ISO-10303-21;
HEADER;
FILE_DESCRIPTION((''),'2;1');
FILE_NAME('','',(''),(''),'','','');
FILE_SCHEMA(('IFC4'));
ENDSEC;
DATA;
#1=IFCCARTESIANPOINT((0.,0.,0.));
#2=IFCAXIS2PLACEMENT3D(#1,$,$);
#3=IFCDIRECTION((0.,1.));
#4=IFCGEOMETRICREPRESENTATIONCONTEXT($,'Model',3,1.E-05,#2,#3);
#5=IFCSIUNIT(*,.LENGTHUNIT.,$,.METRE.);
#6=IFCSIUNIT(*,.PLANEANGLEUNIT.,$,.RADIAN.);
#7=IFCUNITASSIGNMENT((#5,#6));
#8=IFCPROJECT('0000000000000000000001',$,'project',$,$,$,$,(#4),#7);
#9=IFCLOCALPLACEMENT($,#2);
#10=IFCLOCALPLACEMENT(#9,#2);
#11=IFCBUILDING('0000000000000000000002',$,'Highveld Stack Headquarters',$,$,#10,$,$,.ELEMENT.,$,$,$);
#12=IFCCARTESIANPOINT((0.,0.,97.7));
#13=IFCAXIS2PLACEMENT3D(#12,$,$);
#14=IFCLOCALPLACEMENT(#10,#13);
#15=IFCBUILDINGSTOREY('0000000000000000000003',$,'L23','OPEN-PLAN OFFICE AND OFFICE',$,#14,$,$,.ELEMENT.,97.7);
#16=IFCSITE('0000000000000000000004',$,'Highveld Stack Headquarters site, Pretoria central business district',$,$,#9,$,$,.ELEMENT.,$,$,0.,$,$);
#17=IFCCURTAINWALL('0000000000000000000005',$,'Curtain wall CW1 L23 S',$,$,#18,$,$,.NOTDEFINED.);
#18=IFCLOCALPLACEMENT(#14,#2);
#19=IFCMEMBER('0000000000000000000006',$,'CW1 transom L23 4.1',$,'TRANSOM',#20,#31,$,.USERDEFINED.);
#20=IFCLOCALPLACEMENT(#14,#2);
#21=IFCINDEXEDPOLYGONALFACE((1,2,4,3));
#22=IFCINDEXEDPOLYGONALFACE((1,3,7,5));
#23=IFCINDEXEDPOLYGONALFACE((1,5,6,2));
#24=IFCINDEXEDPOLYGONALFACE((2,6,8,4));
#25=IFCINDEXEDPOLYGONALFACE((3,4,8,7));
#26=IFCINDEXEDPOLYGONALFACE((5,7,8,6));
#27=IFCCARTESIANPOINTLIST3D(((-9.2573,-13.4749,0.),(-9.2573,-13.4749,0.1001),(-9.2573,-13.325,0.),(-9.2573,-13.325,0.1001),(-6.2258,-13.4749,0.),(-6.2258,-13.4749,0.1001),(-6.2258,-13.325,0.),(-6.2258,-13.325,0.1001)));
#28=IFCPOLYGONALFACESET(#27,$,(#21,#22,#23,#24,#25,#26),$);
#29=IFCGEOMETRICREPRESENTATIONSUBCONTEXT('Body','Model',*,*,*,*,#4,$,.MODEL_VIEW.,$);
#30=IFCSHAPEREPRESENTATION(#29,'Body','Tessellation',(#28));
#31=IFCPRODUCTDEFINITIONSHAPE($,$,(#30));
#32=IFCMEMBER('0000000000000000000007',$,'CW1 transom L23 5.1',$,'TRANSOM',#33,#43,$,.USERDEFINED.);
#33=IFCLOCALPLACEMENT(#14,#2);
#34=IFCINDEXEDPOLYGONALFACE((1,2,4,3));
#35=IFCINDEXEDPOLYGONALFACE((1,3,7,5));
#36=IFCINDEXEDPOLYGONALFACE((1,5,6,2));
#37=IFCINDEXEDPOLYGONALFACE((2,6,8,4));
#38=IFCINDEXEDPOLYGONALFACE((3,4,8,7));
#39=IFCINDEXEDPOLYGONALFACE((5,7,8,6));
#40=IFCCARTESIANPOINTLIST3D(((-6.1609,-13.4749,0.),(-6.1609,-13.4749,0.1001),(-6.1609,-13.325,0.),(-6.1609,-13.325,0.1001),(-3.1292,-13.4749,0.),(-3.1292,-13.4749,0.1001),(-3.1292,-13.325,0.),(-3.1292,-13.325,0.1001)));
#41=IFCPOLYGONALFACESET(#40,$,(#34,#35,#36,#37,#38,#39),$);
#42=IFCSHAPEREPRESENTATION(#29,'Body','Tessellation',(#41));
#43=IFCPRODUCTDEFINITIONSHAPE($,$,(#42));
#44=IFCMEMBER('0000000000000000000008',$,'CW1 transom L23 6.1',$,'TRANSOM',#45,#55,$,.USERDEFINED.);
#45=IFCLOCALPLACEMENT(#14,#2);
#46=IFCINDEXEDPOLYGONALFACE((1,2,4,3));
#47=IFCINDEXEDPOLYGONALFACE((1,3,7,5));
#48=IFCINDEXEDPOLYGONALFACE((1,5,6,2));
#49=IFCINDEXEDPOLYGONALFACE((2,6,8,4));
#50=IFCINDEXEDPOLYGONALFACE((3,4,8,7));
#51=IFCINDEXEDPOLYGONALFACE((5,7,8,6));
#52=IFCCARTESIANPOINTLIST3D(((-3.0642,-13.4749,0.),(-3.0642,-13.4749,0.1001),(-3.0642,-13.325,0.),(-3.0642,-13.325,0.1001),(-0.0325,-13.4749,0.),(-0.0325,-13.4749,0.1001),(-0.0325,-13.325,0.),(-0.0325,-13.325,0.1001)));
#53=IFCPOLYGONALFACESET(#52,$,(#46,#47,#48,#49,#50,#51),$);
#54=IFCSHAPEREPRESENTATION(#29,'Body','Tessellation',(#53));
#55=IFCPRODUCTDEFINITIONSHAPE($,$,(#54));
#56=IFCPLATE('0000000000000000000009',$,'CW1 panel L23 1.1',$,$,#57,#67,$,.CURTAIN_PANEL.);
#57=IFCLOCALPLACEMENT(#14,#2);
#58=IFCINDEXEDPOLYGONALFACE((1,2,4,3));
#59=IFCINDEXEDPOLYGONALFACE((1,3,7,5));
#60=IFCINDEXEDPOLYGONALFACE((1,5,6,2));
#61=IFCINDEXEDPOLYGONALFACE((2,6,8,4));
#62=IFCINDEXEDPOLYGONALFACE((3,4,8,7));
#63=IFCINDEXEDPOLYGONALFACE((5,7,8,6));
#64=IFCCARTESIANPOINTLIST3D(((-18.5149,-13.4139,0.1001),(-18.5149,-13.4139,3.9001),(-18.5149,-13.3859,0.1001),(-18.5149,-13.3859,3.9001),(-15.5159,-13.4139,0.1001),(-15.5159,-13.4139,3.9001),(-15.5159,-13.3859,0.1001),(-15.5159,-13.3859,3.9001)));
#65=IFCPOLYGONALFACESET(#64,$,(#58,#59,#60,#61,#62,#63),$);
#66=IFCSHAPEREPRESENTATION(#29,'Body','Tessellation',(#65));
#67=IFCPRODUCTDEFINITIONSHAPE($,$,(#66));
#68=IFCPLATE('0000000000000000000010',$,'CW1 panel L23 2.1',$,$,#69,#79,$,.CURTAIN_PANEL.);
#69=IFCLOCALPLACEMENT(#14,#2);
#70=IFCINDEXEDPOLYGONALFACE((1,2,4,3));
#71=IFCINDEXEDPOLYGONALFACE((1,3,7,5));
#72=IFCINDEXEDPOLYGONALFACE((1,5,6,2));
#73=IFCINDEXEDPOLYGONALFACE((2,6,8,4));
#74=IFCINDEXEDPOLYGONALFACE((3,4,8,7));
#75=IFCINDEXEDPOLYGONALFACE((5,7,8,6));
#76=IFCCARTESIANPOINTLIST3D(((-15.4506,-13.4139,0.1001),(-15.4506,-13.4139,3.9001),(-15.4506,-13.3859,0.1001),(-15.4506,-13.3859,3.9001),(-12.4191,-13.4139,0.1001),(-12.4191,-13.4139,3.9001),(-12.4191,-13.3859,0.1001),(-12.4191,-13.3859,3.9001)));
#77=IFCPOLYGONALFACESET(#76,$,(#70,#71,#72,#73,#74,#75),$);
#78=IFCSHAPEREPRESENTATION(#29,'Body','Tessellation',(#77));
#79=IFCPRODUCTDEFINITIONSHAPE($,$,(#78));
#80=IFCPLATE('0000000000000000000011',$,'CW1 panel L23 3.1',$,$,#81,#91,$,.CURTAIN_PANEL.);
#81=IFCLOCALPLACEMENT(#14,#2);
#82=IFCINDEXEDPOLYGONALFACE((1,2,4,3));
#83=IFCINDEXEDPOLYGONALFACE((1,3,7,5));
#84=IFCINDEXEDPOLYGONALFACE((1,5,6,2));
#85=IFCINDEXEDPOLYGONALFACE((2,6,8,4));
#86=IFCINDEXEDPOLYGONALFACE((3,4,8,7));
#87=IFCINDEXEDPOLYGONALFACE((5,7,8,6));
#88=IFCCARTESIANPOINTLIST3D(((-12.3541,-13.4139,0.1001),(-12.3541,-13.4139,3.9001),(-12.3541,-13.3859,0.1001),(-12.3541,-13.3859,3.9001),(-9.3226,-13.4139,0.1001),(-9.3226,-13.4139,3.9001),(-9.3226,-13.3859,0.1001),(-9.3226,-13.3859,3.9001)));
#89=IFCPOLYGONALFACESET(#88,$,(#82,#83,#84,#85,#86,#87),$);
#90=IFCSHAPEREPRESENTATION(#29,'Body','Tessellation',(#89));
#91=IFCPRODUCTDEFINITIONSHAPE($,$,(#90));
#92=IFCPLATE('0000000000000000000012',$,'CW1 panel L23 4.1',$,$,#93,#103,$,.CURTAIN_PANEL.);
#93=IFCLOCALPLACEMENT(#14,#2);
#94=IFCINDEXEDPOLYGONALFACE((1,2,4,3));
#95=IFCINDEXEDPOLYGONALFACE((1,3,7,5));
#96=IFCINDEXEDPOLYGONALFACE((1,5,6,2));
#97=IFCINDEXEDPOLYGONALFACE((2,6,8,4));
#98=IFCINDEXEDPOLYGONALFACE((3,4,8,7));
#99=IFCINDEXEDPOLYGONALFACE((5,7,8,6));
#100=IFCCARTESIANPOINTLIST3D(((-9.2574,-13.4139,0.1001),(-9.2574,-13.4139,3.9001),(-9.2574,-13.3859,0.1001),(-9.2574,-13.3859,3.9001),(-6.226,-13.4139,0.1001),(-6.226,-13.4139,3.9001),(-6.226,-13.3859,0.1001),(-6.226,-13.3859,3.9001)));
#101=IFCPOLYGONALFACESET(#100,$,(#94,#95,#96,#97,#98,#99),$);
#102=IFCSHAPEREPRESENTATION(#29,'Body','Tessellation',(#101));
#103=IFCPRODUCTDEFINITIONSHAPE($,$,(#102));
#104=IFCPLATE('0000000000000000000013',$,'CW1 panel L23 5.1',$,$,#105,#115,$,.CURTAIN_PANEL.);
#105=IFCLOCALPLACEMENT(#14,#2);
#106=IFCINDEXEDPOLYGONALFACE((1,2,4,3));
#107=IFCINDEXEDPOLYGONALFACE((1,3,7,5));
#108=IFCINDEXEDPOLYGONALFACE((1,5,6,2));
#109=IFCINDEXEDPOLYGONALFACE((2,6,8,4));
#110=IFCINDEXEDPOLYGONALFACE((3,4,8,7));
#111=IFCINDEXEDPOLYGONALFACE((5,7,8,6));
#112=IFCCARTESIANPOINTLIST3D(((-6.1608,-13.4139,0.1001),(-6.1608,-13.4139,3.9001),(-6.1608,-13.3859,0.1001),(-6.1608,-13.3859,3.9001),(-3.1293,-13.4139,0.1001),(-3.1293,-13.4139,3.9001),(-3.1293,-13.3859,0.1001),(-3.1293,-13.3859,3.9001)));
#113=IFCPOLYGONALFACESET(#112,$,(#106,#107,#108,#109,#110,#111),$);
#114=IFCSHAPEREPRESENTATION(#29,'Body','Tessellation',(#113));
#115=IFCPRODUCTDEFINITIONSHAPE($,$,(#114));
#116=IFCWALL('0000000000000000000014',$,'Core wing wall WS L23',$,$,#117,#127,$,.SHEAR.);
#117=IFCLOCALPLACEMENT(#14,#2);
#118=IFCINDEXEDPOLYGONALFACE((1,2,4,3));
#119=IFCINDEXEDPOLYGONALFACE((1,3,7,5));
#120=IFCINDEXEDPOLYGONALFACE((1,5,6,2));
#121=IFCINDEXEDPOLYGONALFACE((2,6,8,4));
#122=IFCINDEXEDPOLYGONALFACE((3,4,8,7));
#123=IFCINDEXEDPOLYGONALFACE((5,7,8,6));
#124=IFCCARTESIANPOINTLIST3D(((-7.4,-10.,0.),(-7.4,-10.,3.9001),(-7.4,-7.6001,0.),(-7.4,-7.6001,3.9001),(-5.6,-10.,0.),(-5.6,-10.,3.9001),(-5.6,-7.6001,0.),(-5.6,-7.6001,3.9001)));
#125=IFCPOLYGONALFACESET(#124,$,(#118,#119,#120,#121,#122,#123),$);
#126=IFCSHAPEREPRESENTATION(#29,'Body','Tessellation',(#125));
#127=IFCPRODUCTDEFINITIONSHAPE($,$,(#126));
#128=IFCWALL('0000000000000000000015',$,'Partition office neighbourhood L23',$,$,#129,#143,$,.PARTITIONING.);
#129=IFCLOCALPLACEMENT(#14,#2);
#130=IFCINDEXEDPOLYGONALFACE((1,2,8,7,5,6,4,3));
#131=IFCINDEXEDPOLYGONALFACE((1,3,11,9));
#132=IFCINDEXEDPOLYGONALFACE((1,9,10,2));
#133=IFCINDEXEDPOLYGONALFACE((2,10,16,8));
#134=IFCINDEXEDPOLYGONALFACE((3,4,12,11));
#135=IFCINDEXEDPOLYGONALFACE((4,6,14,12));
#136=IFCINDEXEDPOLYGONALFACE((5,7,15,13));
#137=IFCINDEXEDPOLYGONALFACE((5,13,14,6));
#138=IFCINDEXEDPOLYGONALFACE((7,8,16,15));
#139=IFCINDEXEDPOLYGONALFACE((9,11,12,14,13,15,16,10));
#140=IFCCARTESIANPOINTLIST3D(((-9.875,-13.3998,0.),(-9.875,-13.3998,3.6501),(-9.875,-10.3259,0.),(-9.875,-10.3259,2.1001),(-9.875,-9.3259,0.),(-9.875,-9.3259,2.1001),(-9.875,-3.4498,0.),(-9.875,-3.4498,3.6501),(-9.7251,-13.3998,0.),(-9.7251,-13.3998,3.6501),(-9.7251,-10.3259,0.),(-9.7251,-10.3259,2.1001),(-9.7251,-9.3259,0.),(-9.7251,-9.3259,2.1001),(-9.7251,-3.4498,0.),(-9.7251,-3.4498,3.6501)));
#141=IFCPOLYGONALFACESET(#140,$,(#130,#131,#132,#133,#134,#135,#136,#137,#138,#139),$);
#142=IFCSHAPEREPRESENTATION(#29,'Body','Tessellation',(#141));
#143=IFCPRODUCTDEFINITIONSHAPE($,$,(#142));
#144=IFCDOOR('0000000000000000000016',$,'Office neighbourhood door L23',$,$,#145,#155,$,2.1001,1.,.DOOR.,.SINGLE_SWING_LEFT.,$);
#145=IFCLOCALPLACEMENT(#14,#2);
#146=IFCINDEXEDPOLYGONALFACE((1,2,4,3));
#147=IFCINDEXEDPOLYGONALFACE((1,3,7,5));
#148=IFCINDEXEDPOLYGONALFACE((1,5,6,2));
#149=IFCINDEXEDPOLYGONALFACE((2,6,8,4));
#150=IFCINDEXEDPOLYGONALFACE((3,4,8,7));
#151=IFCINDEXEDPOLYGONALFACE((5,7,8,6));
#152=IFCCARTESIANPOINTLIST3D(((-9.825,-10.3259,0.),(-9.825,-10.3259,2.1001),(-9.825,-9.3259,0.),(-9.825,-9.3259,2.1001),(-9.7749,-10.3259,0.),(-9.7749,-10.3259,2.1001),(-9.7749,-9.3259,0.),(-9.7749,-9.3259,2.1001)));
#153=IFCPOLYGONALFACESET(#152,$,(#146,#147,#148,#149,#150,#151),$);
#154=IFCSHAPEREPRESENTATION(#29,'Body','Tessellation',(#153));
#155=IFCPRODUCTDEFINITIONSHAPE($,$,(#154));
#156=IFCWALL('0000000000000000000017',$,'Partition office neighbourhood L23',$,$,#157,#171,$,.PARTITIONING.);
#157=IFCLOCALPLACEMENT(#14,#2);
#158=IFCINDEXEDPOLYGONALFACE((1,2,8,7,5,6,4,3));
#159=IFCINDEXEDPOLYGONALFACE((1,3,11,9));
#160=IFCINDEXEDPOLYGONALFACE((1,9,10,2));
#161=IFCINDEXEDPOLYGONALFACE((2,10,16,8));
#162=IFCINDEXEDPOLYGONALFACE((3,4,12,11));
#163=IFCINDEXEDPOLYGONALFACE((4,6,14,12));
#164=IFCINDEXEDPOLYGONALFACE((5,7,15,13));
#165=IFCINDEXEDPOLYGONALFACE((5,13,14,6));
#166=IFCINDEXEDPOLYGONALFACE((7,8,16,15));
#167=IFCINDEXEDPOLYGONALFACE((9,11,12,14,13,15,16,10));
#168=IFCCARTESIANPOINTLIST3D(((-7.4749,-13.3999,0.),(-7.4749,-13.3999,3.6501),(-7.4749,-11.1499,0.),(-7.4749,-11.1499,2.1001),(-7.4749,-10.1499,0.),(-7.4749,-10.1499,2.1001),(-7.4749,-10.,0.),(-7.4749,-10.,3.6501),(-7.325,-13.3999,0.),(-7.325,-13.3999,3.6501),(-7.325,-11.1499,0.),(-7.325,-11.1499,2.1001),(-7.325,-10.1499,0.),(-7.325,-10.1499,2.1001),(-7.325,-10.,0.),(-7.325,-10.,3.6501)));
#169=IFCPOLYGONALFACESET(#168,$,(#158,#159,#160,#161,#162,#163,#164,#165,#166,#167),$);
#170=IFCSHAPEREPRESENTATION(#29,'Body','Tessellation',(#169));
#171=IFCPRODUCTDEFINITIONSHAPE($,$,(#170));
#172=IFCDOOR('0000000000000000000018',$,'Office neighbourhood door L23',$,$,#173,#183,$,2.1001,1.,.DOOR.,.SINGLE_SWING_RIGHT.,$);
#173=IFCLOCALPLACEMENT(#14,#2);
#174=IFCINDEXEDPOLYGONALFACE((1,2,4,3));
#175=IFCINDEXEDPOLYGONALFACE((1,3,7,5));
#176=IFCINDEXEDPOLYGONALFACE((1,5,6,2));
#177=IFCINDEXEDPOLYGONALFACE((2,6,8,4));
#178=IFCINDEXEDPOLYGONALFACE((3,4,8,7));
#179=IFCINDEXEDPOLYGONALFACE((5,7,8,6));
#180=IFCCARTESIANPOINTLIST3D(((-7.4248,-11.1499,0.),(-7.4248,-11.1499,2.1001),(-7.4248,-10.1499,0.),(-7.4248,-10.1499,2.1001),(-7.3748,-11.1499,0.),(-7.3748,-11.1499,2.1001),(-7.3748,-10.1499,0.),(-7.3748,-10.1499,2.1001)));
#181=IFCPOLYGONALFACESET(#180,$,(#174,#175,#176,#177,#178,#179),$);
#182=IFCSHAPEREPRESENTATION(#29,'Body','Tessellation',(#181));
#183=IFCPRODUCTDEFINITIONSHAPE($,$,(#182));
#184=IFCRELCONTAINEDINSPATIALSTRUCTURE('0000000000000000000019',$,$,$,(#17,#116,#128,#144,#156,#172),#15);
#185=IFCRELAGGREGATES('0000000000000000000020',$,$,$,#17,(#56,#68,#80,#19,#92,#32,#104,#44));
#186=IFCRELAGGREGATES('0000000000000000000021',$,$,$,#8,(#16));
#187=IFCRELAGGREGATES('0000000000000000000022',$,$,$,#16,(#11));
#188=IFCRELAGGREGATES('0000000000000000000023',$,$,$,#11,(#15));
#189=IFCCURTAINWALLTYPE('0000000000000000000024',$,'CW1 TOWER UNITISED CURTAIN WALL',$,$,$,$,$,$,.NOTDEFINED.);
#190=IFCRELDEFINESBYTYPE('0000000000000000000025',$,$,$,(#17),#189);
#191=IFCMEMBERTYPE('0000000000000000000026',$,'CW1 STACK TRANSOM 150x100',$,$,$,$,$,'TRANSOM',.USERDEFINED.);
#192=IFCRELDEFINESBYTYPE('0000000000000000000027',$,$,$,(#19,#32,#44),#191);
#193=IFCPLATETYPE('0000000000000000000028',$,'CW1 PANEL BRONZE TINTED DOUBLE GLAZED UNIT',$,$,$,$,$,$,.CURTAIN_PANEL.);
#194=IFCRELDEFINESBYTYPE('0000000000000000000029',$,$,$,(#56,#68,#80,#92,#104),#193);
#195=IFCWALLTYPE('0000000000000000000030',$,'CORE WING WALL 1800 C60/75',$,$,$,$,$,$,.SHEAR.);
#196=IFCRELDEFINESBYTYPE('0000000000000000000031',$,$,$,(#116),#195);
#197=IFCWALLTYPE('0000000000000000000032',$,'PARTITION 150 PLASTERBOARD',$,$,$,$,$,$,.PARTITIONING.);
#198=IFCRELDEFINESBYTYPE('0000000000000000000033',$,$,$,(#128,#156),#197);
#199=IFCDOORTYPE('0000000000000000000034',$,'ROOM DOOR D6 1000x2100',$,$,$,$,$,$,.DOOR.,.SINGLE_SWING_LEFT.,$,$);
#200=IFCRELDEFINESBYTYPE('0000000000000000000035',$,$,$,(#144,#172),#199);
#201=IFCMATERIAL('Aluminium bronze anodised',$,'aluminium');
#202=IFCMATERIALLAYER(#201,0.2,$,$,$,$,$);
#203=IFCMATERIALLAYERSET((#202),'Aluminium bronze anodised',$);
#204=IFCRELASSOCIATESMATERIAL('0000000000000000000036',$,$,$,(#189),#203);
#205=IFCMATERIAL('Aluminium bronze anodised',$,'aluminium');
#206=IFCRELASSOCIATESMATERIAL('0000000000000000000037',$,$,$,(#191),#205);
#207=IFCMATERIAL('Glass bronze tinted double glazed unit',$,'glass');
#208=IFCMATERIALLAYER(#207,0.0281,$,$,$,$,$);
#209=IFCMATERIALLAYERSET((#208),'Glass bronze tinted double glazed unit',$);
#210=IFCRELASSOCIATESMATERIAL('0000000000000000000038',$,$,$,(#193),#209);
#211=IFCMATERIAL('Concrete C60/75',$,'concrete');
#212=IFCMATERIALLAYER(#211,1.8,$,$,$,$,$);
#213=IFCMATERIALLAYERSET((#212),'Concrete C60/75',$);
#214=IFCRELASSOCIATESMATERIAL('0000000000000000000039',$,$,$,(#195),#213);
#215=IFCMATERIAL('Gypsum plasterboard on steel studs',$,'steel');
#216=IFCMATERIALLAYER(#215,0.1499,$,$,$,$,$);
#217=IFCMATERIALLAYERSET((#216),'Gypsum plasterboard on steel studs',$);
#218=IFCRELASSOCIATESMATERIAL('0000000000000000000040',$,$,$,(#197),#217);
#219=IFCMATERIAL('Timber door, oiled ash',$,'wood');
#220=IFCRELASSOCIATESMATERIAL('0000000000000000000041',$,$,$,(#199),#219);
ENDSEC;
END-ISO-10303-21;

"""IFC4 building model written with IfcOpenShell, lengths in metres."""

from ifc_helpers import new_model, si_unit, direction, frame, frame_2d, origin, origin_2d, place, context, subcontext, project, spatial, rectangle, extrude, material, layer, layer_set, material_profile, profile_set, type_object, element, fill, aggregate, save


model = new_model("IFC4")

# Units and contexts
model_context = context("Model", 3, precision=1e-05, world=origin(), true_north=direction((0.0, 1.0)))
body_context = subcontext(model_context, "Body", "Model", "MODEL_VIEW")
ifc_project = project(units=[si_unit("LENGTHUNIT", "METRE"), si_unit("PLANEANGLEUNIT", "RADIAN")], contexts=[model_context])

# Site, building, storey
site_placement = place(None, origin())
site = spatial("IfcSite", under=ifc_project, at=site_placement, Name="Highveld Stack Headquarters site, Pretoria central business district", CompositionType="ELEMENT", RefElevation=0.0)
building_placement = place(site_placement, origin())
building = spatial("IfcBuilding", under=site, at=building_placement, Name="Highveld Stack Headquarters", CompositionType="ELEMENT")
storey_placement = place(building_placement, frame((0.0, 0.0, 97.7)))
storey = spatial("IfcBuildingStorey", under=building, at=storey_placement, Name="L23", Description="OPEN-PLAN OFFICE AND OFFICE", CompositionType="ELEMENT", Elevation=97.7)

# Curtain wall, members, plates
ifc_material_1 = material(Name="Aluminium bronze anodised", Category="aluminium")
ifc_layer_1 = layer(ifc_material_1, 0.2)
ifc_layer_set_1 = layer_set([ifc_layer_1], Name="Aluminium bronze anodised")
curtain_wall_type = type_object("IfcCurtainWallType", Name="CW1 TOWER UNITISED CURTAIN WALL", PredefinedType="NOTDEFINED", material=ifc_layer_set_1)
curtain_wall_placement = place(storey_placement, origin())
curtain_wall = element("IfcCurtainWall", 1, at=curtain_wall_placement, inside=storey, type_object=curtain_wall_type, Name="Curtain wall CW1 L23 S", PredefinedType="NOTDEFINED")
ifc_material_2 = material(Name="Aluminium bronze anodised", Category="aluminium")
ifc_material_profile_1 = material_profile(ifc_material_2, rectangle(XDim=0.1499, YDim=0.1001, at=origin_2d()), Name="CW1 TRANSOM 150x100")
ifc_profile_set_1 = profile_set([ifc_material_profile_1], Name="Aluminium bronze anodised")
member_type_1 = type_object("IfcMemberType", Name="CW1 STACK TRANSOM 150x100", ElementType="TRANSOM", PredefinedType="USERDEFINED", material=ifc_profile_set_1)
member_1_placement = place(storey_placement, frame((-9.2573, -13.3999, 0.05), z_axis=(1.0, 0.0, 0.0), x_axis=(0.0, 1.0, 0.0)))
member_1 = element("IfcMember", 2, at=member_1_placement, type_object=member_type_1, Name="CW1 transom L23 4.1", ObjectType="TRANSOM", PredefinedType="USERDEFINED", context=body_context, shape_type="SweptSolid", body=[
    extrude(rectangle(XDim=0.1499, YDim=0.1001, at=origin_2d()), origin(), (0.0, 0.0, 1.0), 3.0315),
])
member_2_placement = place(storey_placement, frame((-6.1609, -13.3999, 0.05), z_axis=(1.0, 0.0, 0.0), x_axis=(0.0, 1.0, 0.0)))
member_2 = element("IfcMember", 3, at=member_2_placement, type_object=member_type_1, Name="CW1 transom L23 5.1", ObjectType="TRANSOM", PredefinedType="USERDEFINED", context=body_context, shape_type="SweptSolid", body=[
    extrude(rectangle(XDim=0.1499, YDim=0.1001, at=origin_2d()), origin(), (0.0, 0.0, 1.0), 3.0317),
])
member_3_placement = place(storey_placement, frame((-3.0642, -13.3999, 0.05), z_axis=(1.0, 0.0, 0.0), x_axis=(0.0, 1.0, 0.0)))
member_3 = element("IfcMember", 4, at=member_3_placement, type_object=member_type_1, Name="CW1 transom L23 6.1", ObjectType="TRANSOM", PredefinedType="USERDEFINED", context=body_context, shape_type="SweptSolid", body=[
    extrude(rectangle(XDim=0.1499, YDim=0.1001, at=origin_2d()), origin(), (0.0, 0.0, 1.0), 3.0317),
])
ifc_material_3 = material(Name="Glass bronze tinted double glazed unit", Category="glass")
ifc_layer_2 = layer(ifc_material_3, 0.0281)
ifc_layer_set_2 = layer_set([ifc_layer_2], Name="Glass bronze tinted double glazed unit")
plate_type = type_object("IfcPlateType", Name="CW1 PANEL BRONZE TINTED DOUBLE GLAZED UNIT", PredefinedType="CURTAIN_PANEL", material=ifc_layer_set_2)
plate_1_placement = place(storey_placement, frame((-17.0154, -13.3999, 0.1001), z_axis=(0.0, 0.0, 1.0), x_axis=(1.0, 0.0, 0.0)))
plate_1 = element("IfcPlate", 5, at=plate_1_placement, type_object=plate_type, Name="CW1 panel L23 1.1", PredefinedType="CURTAIN_PANEL", context=body_context, shape_type="SweptSolid", body=[
    extrude(rectangle(XDim=2.999, YDim=0.0281, at=origin_2d()), origin(), (0.0, 0.0, 1.0), 3.8),
])
plate_2_placement = place(storey_placement, frame((-13.9348, -13.3999, 0.1001), z_axis=(0.0, 0.0, 1.0), x_axis=(1.0, 0.0, 0.0)))
plate_2 = element("IfcPlate", 6, at=plate_2_placement, type_object=plate_type, Name="CW1 panel L23 2.1", PredefinedType="CURTAIN_PANEL", context=body_context, shape_type="SweptSolid", body=[
    extrude(rectangle(XDim=3.0315, YDim=0.0281, at=origin_2d()), origin(), (0.0, 0.0, 1.0), 3.8),
])
plate_3_placement = place(storey_placement, frame((-10.8384, -13.3999, 0.1001), z_axis=(0.0, 0.0, 1.0), x_axis=(1.0, 0.0, 0.0)))
plate_3 = element("IfcPlate", 7, at=plate_3_placement, type_object=plate_type, Name="CW1 panel L23 3.1", PredefinedType="CURTAIN_PANEL", context=body_context, shape_type="SweptSolid", body=[
    extrude(rectangle(XDim=3.0315, YDim=0.0281, at=origin_2d()), origin(), (0.0, 0.0, 1.0), 3.8),
])
plate_4_placement = place(storey_placement, frame((-7.7417, -13.3999, 0.1001), z_axis=(0.0, 0.0, 1.0), x_axis=(1.0, 0.0, 0.0)))
plate_4 = element("IfcPlate", 8, at=plate_4_placement, type_object=plate_type, Name="CW1 panel L23 4.1", PredefinedType="CURTAIN_PANEL", context=body_context, shape_type="SweptSolid", body=[
    extrude(rectangle(XDim=3.0315, YDim=0.0281, at=origin_2d()), origin(), (0.0, 0.0, 1.0), 3.8),
])
plate_5_placement = place(storey_placement, frame((-4.645, -13.3999, 0.1001), z_axis=(0.0, 0.0, 1.0), x_axis=(1.0, 0.0, 0.0)))
plate_5 = element("IfcPlate", 9, at=plate_5_placement, type_object=plate_type, Name="CW1 panel L23 5.1", PredefinedType="CURTAIN_PANEL", context=body_context, shape_type="SweptSolid", body=[
    extrude(rectangle(XDim=3.0315, YDim=0.0281, at=origin_2d()), origin(), (0.0, 0.0, 1.0), 3.8),
])
aggregate(curtain_wall, [plate_1, plate_2, plate_3, member_1, plate_4, member_2, plate_5, member_3])

# Wall
ifc_material_4 = material(Name="Concrete C60/75", Category="concrete")
ifc_layer_3 = layer(ifc_material_4, 1.8)
ifc_layer_set_3 = layer_set([ifc_layer_3], Name="Concrete C60/75")
wall_type_1 = type_object("IfcWallType", Name="CORE WING WALL 1800 C60/75", PredefinedType="SHEAR", material=ifc_layer_set_3)
wall_1_placement = place(storey_placement, frame((-6.5, -10.0, 0.0), z_axis=(0.0, 0.0, 1.0), x_axis=(0.0, 1.0, 0.0)))
element("IfcWall", 10, at=wall_1_placement, inside=storey, type_object=wall_type_1, Name="Core wing wall WS L23", PredefinedType="SHEAR", context=body_context, shape_type="SweptSolid", body=[
    extrude(rectangle(XDim=2.3999, YDim=1.8, at=frame_2d((1.2, 0.0))), origin(), (0.0, 0.0, 1.0), 3.9001),
])

# Walls, openings, doors
ifc_material_5 = material(Name="Gypsum plasterboard on steel studs", Category="steel")
ifc_layer_4 = layer(ifc_material_5, 0.1499)
ifc_layer_set_4 = layer_set([ifc_layer_4], Name="Gypsum plasterboard on steel studs")
wall_type_2 = type_object("IfcWallType", Name="PARTITION 150 PLASTERBOARD", PredefinedType="PARTITIONING", material=ifc_layer_set_4)
wall_2_placement = place(storey_placement, frame((-9.8, -13.3999, 0.0), z_axis=(0.0, 0.0, 1.0), x_axis=(0.0, 1.0, 0.0)))
wall_2 = element("IfcWall", 11, at=wall_2_placement, inside=storey, type_object=wall_type_2, Name="Partition office neighbourhood L23", PredefinedType="PARTITIONING", context=body_context, shape_type="SweptSolid", body=[
    extrude(rectangle(XDim=9.95, YDim=0.1499, at=frame_2d((4.9751, 0.0))), origin(), (0.0, 0.0, 1.0), 3.6501),
])
opening_1_placement = place(wall_2_placement, frame((3.074, 0.0, 0.0)))
opening_1 = element("IfcOpeningElement", 12, at=opening_1_placement, cuts=wall_2, PredefinedType="OPENING", context=body_context, shape_type="SweptSolid", body=[
    extrude(rectangle(XDim=1.0, YDim=2.1001, at=frame_2d((0.5, 1.05))), frame((0.0, 0.085, 0.0), z_axis=(0.0, -1.0, 0.0), x_axis=(1.0, 0.0, 0.0)), (0.0, 0.0, 1.0), 0.1699),
])
ifc_material_6 = material(Name="Timber door, oiled ash", Category="wood")
door_type = type_object("IfcDoorType", Name="ROOM DOOR D6 1000x2100", OperationType="SINGLE_SWING_LEFT", PredefinedType="DOOR", material=ifc_material_6)
door_1_placement = place(opening_1_placement, origin())
door_1 = element("IfcDoor", 13, at=door_1_placement, inside=storey, type_object=door_type, Name="Office neighbourhood door L23", OperationType="SINGLE_SWING_LEFT", OverallHeight=2.1001, OverallWidth=1.0, PredefinedType="DOOR", context=body_context, shape_type="SweptSolid", body=[
    extrude(rectangle(XDim=1.0, YDim=2.1001, at=frame_2d((0.5, 1.05))), frame((0.0, 0.0249, 0.0), z_axis=(0.0, -1.0, 0.0), x_axis=(1.0, 0.0, 0.0)), (0.0, 0.0, 1.0), 0.05),
])
fill(opening_1, door_1)
wall_3_placement = place(storey_placement, frame((-7.3999, -13.3999, 0.0), z_axis=(0.0, 0.0, 1.0), x_axis=(0.0, 1.0, 0.0)))
wall_3 = element("IfcWall", 14, at=wall_3_placement, inside=storey, type_object=wall_type_2, Name="Partition office neighbourhood L23", PredefinedType="PARTITIONING", context=body_context, shape_type="SweptSolid", body=[
    extrude(rectangle(XDim=3.3999, YDim=0.1499, at=frame_2d((1.7, 0.0))), origin(), (0.0, 0.0, 1.0), 3.6501),
])
opening_2_placement = place(wall_3_placement, frame((2.25, 0.0, 0.0)))
opening_2 = element("IfcOpeningElement", 15, at=opening_2_placement, cuts=wall_3, PredefinedType="OPENING", context=body_context, shape_type="SweptSolid", body=[
    extrude(rectangle(XDim=1.0, YDim=2.1001, at=frame_2d((0.5, 1.05))), frame((0.0, 0.085, 0.0), z_axis=(0.0, -1.0, 0.0), x_axis=(1.0, 0.0, 0.0)), (0.0, 0.0, 1.0), 0.1699),
])
door_2_placement = place(opening_2_placement, origin())
door_2 = element("IfcDoor", 16, at=door_2_placement, inside=storey, type_object=door_type, Name="Office neighbourhood door L23", OperationType="SINGLE_SWING_RIGHT", OverallHeight=2.1001, OverallWidth=1.0, PredefinedType="DOOR", context=body_context, shape_type="SweptSolid", body=[
    extrude(rectangle(XDim=1.0, YDim=2.1001, at=frame_2d((0.5, 1.05))), frame((0.0, 0.0249, 0.0), z_axis=(0.0, -1.0, 0.0), x_axis=(1.0, 0.0, 0.0)), (0.0, 0.0, 1.0), 0.05),
])
fill(opening_2, door_2)

save(model, "model.ifc")
